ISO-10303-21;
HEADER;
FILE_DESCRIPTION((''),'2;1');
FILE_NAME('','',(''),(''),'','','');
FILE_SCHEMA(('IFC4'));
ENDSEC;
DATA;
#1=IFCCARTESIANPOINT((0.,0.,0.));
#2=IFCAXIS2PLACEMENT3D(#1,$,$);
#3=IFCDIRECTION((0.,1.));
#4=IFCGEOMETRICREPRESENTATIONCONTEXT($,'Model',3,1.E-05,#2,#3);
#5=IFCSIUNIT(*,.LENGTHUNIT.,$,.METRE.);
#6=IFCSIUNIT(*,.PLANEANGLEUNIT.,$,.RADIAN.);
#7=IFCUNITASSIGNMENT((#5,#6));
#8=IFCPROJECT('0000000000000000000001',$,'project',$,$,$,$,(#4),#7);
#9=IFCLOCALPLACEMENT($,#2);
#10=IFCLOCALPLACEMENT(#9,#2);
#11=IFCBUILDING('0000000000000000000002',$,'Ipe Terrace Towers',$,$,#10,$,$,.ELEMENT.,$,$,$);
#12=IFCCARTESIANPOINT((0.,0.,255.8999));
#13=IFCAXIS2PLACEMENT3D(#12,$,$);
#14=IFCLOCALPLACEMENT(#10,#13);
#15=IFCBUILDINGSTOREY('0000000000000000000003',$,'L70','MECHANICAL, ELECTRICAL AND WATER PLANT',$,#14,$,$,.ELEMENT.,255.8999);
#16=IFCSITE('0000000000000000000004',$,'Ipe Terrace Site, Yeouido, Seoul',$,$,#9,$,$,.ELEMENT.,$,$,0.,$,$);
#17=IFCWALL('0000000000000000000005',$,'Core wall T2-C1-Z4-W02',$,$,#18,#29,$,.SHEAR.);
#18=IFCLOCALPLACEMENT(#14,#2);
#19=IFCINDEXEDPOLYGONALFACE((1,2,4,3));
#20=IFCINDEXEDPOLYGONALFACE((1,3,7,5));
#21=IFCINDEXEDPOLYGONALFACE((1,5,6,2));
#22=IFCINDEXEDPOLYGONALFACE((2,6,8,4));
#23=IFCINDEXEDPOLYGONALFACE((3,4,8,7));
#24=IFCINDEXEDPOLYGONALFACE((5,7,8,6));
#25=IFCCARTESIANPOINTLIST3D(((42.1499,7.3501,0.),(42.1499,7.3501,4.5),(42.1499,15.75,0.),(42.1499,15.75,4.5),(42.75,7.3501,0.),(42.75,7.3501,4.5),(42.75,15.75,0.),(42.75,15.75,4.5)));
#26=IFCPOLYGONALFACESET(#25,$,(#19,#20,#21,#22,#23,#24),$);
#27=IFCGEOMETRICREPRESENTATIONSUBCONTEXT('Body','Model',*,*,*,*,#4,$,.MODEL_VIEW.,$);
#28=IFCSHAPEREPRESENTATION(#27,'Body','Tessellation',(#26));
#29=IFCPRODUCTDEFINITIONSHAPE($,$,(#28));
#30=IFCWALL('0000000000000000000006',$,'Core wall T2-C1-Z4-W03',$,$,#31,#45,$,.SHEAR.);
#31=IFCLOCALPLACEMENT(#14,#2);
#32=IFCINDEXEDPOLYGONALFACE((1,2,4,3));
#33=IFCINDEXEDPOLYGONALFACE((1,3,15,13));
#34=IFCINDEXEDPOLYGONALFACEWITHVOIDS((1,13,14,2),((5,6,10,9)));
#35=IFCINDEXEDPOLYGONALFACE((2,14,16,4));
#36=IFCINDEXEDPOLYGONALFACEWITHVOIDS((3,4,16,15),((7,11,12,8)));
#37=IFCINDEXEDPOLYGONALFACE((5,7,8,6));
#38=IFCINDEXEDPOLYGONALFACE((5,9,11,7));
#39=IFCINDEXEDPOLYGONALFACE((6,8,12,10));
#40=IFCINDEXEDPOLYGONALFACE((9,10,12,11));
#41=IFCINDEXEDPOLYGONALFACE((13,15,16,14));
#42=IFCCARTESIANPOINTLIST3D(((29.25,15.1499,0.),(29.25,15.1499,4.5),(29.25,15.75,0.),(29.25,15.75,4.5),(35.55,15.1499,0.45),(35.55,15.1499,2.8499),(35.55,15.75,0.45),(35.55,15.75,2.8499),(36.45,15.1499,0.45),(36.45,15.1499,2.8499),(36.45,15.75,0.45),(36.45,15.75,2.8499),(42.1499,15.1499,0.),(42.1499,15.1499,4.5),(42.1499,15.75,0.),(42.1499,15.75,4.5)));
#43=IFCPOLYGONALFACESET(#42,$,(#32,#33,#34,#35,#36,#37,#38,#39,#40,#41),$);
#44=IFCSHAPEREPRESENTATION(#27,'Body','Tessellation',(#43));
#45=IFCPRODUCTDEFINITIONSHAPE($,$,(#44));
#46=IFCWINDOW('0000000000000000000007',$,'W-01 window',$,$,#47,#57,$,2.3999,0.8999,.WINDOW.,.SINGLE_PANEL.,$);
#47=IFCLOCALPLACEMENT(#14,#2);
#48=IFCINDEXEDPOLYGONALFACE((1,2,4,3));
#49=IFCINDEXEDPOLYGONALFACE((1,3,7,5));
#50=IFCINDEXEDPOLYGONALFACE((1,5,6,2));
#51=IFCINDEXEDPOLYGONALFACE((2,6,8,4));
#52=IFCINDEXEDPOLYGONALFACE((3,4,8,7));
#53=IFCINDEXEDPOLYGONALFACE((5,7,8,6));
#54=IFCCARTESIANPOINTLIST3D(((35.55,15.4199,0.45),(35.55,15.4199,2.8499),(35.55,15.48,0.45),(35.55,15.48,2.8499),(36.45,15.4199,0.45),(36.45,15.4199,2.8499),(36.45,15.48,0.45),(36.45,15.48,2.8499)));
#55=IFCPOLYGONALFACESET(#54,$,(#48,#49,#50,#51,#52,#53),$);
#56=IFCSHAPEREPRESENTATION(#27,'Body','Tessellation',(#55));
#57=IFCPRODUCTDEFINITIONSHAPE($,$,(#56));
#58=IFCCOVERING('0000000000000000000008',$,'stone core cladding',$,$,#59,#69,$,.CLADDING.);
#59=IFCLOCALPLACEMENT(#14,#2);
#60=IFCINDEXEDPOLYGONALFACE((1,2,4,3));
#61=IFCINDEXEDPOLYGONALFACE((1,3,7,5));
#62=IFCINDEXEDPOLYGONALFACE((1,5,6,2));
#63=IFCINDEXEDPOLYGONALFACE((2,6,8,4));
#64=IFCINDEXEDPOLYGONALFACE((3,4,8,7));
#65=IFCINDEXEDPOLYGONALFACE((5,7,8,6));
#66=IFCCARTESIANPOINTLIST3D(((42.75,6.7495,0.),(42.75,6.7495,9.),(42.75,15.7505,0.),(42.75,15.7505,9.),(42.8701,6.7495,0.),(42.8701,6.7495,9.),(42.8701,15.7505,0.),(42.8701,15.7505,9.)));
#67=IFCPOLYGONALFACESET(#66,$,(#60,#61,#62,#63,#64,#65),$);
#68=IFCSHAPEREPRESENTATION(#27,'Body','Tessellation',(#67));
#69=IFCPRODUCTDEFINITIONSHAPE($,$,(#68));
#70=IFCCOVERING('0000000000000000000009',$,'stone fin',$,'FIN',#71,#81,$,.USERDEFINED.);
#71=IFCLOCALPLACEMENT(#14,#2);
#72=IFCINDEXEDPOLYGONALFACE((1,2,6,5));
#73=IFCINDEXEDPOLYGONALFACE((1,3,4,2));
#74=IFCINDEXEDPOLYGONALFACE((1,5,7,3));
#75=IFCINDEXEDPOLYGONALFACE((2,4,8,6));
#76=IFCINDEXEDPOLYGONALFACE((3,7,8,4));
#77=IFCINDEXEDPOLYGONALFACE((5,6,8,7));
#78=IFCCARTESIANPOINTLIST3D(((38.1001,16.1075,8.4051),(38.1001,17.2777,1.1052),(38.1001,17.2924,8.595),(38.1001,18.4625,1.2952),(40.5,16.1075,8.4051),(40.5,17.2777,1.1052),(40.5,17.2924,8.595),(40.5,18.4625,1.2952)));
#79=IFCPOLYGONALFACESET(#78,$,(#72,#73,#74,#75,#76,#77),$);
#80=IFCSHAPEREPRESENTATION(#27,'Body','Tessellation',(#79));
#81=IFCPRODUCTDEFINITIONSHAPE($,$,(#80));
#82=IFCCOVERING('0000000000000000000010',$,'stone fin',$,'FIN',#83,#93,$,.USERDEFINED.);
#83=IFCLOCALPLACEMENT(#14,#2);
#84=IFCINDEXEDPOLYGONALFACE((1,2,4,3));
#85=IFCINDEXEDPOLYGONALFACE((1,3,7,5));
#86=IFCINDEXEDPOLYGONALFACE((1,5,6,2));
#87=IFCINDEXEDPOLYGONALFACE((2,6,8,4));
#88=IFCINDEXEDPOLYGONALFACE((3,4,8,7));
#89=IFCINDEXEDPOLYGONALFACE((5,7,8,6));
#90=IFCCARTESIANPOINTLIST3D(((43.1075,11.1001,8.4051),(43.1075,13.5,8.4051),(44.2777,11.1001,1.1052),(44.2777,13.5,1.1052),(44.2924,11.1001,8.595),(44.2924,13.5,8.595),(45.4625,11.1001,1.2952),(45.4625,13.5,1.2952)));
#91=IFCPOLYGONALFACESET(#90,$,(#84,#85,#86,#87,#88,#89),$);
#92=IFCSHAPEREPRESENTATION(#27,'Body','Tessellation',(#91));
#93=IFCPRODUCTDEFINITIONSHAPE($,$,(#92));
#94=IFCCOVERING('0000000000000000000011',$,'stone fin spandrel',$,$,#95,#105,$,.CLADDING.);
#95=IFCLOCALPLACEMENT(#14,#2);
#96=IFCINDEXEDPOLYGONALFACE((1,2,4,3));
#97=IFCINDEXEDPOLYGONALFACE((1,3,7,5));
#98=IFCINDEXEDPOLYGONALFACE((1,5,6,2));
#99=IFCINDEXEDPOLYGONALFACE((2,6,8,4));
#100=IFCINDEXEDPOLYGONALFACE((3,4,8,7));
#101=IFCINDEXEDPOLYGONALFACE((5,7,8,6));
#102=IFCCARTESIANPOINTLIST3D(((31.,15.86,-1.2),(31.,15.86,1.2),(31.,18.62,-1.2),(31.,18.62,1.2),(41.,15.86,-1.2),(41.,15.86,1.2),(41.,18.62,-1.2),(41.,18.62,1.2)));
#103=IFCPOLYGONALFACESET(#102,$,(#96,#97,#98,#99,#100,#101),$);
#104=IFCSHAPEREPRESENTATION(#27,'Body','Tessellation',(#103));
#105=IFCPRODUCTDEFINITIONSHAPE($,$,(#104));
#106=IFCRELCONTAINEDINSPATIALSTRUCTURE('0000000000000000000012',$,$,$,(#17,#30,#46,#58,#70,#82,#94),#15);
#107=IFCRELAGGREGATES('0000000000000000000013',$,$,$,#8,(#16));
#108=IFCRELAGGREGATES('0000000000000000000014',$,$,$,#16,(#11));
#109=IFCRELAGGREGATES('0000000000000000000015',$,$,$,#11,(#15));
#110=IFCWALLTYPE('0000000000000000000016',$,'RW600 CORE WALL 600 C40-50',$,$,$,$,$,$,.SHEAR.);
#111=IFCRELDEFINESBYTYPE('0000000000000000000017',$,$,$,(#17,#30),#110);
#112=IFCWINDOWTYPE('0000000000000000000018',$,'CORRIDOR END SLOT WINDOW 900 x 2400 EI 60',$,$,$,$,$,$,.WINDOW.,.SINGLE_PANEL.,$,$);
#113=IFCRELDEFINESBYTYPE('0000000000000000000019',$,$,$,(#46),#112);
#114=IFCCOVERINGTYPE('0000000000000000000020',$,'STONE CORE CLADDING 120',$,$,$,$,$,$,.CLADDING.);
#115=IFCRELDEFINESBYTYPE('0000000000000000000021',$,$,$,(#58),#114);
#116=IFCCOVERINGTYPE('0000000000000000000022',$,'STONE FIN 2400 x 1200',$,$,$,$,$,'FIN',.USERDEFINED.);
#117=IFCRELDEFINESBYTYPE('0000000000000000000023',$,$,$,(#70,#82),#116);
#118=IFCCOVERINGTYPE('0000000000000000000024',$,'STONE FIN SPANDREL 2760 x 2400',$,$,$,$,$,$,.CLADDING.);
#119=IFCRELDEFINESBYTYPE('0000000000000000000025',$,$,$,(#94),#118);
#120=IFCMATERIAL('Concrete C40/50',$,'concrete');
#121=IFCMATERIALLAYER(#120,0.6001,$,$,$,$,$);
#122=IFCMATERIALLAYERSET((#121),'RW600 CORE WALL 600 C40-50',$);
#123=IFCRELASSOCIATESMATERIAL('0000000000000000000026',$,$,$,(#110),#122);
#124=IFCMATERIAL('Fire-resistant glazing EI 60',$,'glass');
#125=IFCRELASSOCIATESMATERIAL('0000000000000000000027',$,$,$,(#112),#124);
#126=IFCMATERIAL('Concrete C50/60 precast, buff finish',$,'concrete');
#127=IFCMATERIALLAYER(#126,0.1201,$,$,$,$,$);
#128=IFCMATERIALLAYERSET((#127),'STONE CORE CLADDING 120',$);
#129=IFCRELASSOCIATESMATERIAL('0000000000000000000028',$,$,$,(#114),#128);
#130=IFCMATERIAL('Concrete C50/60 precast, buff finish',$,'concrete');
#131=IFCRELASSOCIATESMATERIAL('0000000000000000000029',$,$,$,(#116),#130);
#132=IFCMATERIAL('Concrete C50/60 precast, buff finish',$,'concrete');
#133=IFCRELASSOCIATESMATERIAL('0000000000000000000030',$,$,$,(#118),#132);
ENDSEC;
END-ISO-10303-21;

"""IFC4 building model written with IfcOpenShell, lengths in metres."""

from ifc_helpers import new_model, si_unit, direction, frame, frame_2d, origin, origin_2d, place, context, subcontext, project, spatial, rectangle, extrude, material, layer, layer_set, material_profile, profile_set, type_object, element, fill, save


model = new_model("IFC4")

# Units and contexts
model_context = context("Model", 3, precision=1e-05, world=origin(), true_north=direction((0.0, 1.0)))
body_context = subcontext(model_context, "Body", "Model", "MODEL_VIEW")
ifc_project = project(units=[si_unit("LENGTHUNIT", "METRE"), si_unit("PLANEANGLEUNIT", "RADIAN")], contexts=[model_context])

# Site, building, storey
site_placement = place(None, origin())
site = spatial("IfcSite", under=ifc_project, at=site_placement, Name="Ipe Terrace Site, Yeouido, Seoul", CompositionType="ELEMENT", RefElevation=0.0)
building_placement = place(site_placement, origin())
building = spatial("IfcBuilding", under=site, at=building_placement, Name="Ipe Terrace Towers", CompositionType="ELEMENT")
storey_placement = place(building_placement, frame((0.0, 0.0, 255.8999)))
storey = spatial("IfcBuildingStorey", under=building, at=storey_placement, Name="L70", Description="MECHANICAL, ELECTRICAL AND WATER PLANT", CompositionType="ELEMENT", Elevation=255.8999)

# Wall
ifc_material_1 = material(Name="Concrete C40/50", Category="concrete")
ifc_layer_1 = layer(ifc_material_1, 0.6001)
ifc_layer_set_1 = layer_set([ifc_layer_1], Name="RW600 CORE WALL 600 C40-50")
wall_type_1 = type_object("IfcWallType", Name="RW600 CORE WALL 600 C40-50", PredefinedType="SHEAR", material=ifc_layer_set_1)
wall_1_placement = place(storey_placement, frame((42.45, 7.3501, 0.0), z_axis=(0.0, 0.0, 1.0), x_axis=(0.0, 1.0, 0.0)))
element("IfcWall", 1, at=wall_1_placement, inside=storey, type_object=wall_type_1, Name="Core wall T2-C1-Z4-W02", PredefinedType="SHEAR", context=body_context, shape_type="SweptSolid", body=[
    extrude(rectangle(XDim=8.3999, YDim=0.6001, at=frame_2d((4.2, 0.0))), origin(), (0.0, 0.0, 1.0), 4.5),
])

# Wall, opening, window
wall_2_placement = place(storey_placement, frame((42.1499, 15.45, 0.0), z_axis=(0.0, 0.0, 1.0), x_axis=(-1.0, 0.0, 0.0)))
wall_2 = element("IfcWall", 2, at=wall_2_placement, inside=storey, type_object=wall_type_1, Name="Core wall T2-C1-Z4-W03", PredefinedType="SHEAR", context=body_context, shape_type="SweptSolid", body=[
    extrude(rectangle(XDim=12.8999, YDim=0.6001, at=frame_2d((6.45, 0.0))), origin(), (0.0, 0.0, 1.0), 4.5),
])
opening_1_placement = place(wall_2_placement, frame((5.7, 0.0, 0.45)))
opening_1 = element("IfcOpeningElement", 3, at=opening_1_placement, cuts=wall_2, PredefinedType="OPENING", context=body_context, shape_type="SweptSolid", body=[
    extrude(rectangle(XDim=0.8999, YDim=2.3999, at=frame_2d((0.45, 1.2))), frame((0.0, 0.3101, 0.0), z_axis=(0.0, -1.0, 0.0), x_axis=(1.0, 0.0, 0.0)), (0.0, 0.0, 1.0), 0.6201),
])
ifc_material_2 = material(Name="Fire-resistant glazing EI 60", Category="glass")
window_type = type_object("IfcWindowType", Name="CORRIDOR END SLOT WINDOW 900 x 2400 EI 60", PartitioningType="SINGLE_PANEL", PredefinedType="WINDOW", material=ifc_material_2)
window_placement = place(opening_1_placement, origin())
window = element("IfcWindow", 4, at=window_placement, inside=storey, type_object=window_type, Name="W-01 window", OverallHeight=2.3999, OverallWidth=0.8999, PartitioningType="SINGLE_PANEL", PredefinedType="WINDOW", context=body_context, shape_type="SweptSolid", body=[
    extrude(rectangle(XDim=0.8999, YDim=2.3999, at=frame_2d((0.45, 1.2))), frame((0.0, 0.03, 0.0), z_axis=(0.0, -1.0, 0.0), x_axis=(1.0, 0.0, 0.0)), (0.0, 0.0, 1.0), 0.0601),
])
fill(opening_1, window)

# Coverings
ifc_material_3 = material(Name="Concrete C50/60 precast, buff finish", Category="concrete")
ifc_layer_2 = layer(ifc_material_3, 0.1201)
ifc_layer_set_2 = layer_set([ifc_layer_2], Name="STONE CORE CLADDING 120")
covering_type_1 = type_object("IfcCoveringType", Name="STONE CORE CLADDING 120", PredefinedType="CLADDING", material=ifc_layer_set_2)
covering_1_placement = place(storey_placement, frame((42.8101, 11.25, 0.0), z_axis=(0.0, 0.0, 1.0), x_axis=(0.0, 1.0, 0.0)))
element("IfcCovering", 5, at=covering_1_placement, inside=storey, type_object=covering_type_1, Name="stone core cladding", PredefinedType="CLADDING", context=body_context, shape_type="SweptSolid", body=[
    extrude(rectangle(XDim=9.001, YDim=0.1201, at=origin_2d()), origin(), (0.0, 0.0, 1.0), 9.0),
])
ifc_material_4 = material(Name="Concrete C50/60 precast, buff finish", Category="concrete")
ifc_material_profile_1 = material_profile(ifc_material_4, rectangle(XDim=2.3999, YDim=1.2, at=origin_2d()), Name="STONE FIN 2400 x 1200")
ifc_profile_set_1 = profile_set([ifc_material_profile_1], Name="Concrete C50/60 precast, buff finish")
covering_type_2 = type_object("IfcCoveringType", Name="STONE FIN 2400 x 1200", ElementType="FIN", PredefinedType="USERDEFINED", material=ifc_profile_set_1)
for number, where, z_axis, x_axis, name in (
    (6, (39.3, 17.8701, 1.2002), (0.0, -0.15828, 0.987394), (-1.0, 0.0, 0.0), "stone fin"),
    (7, (44.8701, 12.3, 1.2002), (-0.15828, 0.0, 0.987394), (0.0, 1.0, 0.0), "stone fin"),
):
    element("IfcCovering", number, at=place(storey_placement, frame(where, z_axis=z_axis, x_axis=x_axis)), inside=storey, type_object=covering_type_2, Name=name, ObjectType="FIN", PredefinedType="USERDEFINED", context=body_context, shape_type="SweptSolid", body=[
        extrude(rectangle(XDim=2.3999, YDim=1.2, at=origin_2d()), origin(), (0.0, 0.0, 1.0), 7.3931),
    ])
ifc_material_5 = material(Name="Concrete C50/60 precast, buff finish", Category="concrete")
ifc_material_profile_2 = material_profile(ifc_material_5, rectangle(XDim=2.76, YDim=2.3999, at=origin_2d()), Name="STONE FIN SPANDREL 2760 x 2400")
ifc_profile_set_2 = profile_set([ifc_material_profile_2], Name="Concrete C50/60 precast, buff finish")
covering_type_3 = type_object("IfcCoveringType", Name="STONE FIN SPANDREL 2760 x 2400", PredefinedType="CLADDING", material=ifc_profile_set_2)
covering_2_placement = place(storey_placement, frame((41.0, 17.24, 0.0), z_axis=(-1.0, 0.0, 0.0), x_axis=(0.0, 1.0, 0.0)))
element("IfcCovering", 8, at=covering_2_placement, inside=storey, type_object=covering_type_3, Name="stone fin spandrel", PredefinedType="CLADDING", context=body_context, shape_type="SweptSolid", body=[
    extrude(rectangle(XDim=2.76, YDim=2.3999, at=origin_2d()), origin(), (0.0, 0.0, 1.0), 10.0),
])

save(model, "model.ifc")
